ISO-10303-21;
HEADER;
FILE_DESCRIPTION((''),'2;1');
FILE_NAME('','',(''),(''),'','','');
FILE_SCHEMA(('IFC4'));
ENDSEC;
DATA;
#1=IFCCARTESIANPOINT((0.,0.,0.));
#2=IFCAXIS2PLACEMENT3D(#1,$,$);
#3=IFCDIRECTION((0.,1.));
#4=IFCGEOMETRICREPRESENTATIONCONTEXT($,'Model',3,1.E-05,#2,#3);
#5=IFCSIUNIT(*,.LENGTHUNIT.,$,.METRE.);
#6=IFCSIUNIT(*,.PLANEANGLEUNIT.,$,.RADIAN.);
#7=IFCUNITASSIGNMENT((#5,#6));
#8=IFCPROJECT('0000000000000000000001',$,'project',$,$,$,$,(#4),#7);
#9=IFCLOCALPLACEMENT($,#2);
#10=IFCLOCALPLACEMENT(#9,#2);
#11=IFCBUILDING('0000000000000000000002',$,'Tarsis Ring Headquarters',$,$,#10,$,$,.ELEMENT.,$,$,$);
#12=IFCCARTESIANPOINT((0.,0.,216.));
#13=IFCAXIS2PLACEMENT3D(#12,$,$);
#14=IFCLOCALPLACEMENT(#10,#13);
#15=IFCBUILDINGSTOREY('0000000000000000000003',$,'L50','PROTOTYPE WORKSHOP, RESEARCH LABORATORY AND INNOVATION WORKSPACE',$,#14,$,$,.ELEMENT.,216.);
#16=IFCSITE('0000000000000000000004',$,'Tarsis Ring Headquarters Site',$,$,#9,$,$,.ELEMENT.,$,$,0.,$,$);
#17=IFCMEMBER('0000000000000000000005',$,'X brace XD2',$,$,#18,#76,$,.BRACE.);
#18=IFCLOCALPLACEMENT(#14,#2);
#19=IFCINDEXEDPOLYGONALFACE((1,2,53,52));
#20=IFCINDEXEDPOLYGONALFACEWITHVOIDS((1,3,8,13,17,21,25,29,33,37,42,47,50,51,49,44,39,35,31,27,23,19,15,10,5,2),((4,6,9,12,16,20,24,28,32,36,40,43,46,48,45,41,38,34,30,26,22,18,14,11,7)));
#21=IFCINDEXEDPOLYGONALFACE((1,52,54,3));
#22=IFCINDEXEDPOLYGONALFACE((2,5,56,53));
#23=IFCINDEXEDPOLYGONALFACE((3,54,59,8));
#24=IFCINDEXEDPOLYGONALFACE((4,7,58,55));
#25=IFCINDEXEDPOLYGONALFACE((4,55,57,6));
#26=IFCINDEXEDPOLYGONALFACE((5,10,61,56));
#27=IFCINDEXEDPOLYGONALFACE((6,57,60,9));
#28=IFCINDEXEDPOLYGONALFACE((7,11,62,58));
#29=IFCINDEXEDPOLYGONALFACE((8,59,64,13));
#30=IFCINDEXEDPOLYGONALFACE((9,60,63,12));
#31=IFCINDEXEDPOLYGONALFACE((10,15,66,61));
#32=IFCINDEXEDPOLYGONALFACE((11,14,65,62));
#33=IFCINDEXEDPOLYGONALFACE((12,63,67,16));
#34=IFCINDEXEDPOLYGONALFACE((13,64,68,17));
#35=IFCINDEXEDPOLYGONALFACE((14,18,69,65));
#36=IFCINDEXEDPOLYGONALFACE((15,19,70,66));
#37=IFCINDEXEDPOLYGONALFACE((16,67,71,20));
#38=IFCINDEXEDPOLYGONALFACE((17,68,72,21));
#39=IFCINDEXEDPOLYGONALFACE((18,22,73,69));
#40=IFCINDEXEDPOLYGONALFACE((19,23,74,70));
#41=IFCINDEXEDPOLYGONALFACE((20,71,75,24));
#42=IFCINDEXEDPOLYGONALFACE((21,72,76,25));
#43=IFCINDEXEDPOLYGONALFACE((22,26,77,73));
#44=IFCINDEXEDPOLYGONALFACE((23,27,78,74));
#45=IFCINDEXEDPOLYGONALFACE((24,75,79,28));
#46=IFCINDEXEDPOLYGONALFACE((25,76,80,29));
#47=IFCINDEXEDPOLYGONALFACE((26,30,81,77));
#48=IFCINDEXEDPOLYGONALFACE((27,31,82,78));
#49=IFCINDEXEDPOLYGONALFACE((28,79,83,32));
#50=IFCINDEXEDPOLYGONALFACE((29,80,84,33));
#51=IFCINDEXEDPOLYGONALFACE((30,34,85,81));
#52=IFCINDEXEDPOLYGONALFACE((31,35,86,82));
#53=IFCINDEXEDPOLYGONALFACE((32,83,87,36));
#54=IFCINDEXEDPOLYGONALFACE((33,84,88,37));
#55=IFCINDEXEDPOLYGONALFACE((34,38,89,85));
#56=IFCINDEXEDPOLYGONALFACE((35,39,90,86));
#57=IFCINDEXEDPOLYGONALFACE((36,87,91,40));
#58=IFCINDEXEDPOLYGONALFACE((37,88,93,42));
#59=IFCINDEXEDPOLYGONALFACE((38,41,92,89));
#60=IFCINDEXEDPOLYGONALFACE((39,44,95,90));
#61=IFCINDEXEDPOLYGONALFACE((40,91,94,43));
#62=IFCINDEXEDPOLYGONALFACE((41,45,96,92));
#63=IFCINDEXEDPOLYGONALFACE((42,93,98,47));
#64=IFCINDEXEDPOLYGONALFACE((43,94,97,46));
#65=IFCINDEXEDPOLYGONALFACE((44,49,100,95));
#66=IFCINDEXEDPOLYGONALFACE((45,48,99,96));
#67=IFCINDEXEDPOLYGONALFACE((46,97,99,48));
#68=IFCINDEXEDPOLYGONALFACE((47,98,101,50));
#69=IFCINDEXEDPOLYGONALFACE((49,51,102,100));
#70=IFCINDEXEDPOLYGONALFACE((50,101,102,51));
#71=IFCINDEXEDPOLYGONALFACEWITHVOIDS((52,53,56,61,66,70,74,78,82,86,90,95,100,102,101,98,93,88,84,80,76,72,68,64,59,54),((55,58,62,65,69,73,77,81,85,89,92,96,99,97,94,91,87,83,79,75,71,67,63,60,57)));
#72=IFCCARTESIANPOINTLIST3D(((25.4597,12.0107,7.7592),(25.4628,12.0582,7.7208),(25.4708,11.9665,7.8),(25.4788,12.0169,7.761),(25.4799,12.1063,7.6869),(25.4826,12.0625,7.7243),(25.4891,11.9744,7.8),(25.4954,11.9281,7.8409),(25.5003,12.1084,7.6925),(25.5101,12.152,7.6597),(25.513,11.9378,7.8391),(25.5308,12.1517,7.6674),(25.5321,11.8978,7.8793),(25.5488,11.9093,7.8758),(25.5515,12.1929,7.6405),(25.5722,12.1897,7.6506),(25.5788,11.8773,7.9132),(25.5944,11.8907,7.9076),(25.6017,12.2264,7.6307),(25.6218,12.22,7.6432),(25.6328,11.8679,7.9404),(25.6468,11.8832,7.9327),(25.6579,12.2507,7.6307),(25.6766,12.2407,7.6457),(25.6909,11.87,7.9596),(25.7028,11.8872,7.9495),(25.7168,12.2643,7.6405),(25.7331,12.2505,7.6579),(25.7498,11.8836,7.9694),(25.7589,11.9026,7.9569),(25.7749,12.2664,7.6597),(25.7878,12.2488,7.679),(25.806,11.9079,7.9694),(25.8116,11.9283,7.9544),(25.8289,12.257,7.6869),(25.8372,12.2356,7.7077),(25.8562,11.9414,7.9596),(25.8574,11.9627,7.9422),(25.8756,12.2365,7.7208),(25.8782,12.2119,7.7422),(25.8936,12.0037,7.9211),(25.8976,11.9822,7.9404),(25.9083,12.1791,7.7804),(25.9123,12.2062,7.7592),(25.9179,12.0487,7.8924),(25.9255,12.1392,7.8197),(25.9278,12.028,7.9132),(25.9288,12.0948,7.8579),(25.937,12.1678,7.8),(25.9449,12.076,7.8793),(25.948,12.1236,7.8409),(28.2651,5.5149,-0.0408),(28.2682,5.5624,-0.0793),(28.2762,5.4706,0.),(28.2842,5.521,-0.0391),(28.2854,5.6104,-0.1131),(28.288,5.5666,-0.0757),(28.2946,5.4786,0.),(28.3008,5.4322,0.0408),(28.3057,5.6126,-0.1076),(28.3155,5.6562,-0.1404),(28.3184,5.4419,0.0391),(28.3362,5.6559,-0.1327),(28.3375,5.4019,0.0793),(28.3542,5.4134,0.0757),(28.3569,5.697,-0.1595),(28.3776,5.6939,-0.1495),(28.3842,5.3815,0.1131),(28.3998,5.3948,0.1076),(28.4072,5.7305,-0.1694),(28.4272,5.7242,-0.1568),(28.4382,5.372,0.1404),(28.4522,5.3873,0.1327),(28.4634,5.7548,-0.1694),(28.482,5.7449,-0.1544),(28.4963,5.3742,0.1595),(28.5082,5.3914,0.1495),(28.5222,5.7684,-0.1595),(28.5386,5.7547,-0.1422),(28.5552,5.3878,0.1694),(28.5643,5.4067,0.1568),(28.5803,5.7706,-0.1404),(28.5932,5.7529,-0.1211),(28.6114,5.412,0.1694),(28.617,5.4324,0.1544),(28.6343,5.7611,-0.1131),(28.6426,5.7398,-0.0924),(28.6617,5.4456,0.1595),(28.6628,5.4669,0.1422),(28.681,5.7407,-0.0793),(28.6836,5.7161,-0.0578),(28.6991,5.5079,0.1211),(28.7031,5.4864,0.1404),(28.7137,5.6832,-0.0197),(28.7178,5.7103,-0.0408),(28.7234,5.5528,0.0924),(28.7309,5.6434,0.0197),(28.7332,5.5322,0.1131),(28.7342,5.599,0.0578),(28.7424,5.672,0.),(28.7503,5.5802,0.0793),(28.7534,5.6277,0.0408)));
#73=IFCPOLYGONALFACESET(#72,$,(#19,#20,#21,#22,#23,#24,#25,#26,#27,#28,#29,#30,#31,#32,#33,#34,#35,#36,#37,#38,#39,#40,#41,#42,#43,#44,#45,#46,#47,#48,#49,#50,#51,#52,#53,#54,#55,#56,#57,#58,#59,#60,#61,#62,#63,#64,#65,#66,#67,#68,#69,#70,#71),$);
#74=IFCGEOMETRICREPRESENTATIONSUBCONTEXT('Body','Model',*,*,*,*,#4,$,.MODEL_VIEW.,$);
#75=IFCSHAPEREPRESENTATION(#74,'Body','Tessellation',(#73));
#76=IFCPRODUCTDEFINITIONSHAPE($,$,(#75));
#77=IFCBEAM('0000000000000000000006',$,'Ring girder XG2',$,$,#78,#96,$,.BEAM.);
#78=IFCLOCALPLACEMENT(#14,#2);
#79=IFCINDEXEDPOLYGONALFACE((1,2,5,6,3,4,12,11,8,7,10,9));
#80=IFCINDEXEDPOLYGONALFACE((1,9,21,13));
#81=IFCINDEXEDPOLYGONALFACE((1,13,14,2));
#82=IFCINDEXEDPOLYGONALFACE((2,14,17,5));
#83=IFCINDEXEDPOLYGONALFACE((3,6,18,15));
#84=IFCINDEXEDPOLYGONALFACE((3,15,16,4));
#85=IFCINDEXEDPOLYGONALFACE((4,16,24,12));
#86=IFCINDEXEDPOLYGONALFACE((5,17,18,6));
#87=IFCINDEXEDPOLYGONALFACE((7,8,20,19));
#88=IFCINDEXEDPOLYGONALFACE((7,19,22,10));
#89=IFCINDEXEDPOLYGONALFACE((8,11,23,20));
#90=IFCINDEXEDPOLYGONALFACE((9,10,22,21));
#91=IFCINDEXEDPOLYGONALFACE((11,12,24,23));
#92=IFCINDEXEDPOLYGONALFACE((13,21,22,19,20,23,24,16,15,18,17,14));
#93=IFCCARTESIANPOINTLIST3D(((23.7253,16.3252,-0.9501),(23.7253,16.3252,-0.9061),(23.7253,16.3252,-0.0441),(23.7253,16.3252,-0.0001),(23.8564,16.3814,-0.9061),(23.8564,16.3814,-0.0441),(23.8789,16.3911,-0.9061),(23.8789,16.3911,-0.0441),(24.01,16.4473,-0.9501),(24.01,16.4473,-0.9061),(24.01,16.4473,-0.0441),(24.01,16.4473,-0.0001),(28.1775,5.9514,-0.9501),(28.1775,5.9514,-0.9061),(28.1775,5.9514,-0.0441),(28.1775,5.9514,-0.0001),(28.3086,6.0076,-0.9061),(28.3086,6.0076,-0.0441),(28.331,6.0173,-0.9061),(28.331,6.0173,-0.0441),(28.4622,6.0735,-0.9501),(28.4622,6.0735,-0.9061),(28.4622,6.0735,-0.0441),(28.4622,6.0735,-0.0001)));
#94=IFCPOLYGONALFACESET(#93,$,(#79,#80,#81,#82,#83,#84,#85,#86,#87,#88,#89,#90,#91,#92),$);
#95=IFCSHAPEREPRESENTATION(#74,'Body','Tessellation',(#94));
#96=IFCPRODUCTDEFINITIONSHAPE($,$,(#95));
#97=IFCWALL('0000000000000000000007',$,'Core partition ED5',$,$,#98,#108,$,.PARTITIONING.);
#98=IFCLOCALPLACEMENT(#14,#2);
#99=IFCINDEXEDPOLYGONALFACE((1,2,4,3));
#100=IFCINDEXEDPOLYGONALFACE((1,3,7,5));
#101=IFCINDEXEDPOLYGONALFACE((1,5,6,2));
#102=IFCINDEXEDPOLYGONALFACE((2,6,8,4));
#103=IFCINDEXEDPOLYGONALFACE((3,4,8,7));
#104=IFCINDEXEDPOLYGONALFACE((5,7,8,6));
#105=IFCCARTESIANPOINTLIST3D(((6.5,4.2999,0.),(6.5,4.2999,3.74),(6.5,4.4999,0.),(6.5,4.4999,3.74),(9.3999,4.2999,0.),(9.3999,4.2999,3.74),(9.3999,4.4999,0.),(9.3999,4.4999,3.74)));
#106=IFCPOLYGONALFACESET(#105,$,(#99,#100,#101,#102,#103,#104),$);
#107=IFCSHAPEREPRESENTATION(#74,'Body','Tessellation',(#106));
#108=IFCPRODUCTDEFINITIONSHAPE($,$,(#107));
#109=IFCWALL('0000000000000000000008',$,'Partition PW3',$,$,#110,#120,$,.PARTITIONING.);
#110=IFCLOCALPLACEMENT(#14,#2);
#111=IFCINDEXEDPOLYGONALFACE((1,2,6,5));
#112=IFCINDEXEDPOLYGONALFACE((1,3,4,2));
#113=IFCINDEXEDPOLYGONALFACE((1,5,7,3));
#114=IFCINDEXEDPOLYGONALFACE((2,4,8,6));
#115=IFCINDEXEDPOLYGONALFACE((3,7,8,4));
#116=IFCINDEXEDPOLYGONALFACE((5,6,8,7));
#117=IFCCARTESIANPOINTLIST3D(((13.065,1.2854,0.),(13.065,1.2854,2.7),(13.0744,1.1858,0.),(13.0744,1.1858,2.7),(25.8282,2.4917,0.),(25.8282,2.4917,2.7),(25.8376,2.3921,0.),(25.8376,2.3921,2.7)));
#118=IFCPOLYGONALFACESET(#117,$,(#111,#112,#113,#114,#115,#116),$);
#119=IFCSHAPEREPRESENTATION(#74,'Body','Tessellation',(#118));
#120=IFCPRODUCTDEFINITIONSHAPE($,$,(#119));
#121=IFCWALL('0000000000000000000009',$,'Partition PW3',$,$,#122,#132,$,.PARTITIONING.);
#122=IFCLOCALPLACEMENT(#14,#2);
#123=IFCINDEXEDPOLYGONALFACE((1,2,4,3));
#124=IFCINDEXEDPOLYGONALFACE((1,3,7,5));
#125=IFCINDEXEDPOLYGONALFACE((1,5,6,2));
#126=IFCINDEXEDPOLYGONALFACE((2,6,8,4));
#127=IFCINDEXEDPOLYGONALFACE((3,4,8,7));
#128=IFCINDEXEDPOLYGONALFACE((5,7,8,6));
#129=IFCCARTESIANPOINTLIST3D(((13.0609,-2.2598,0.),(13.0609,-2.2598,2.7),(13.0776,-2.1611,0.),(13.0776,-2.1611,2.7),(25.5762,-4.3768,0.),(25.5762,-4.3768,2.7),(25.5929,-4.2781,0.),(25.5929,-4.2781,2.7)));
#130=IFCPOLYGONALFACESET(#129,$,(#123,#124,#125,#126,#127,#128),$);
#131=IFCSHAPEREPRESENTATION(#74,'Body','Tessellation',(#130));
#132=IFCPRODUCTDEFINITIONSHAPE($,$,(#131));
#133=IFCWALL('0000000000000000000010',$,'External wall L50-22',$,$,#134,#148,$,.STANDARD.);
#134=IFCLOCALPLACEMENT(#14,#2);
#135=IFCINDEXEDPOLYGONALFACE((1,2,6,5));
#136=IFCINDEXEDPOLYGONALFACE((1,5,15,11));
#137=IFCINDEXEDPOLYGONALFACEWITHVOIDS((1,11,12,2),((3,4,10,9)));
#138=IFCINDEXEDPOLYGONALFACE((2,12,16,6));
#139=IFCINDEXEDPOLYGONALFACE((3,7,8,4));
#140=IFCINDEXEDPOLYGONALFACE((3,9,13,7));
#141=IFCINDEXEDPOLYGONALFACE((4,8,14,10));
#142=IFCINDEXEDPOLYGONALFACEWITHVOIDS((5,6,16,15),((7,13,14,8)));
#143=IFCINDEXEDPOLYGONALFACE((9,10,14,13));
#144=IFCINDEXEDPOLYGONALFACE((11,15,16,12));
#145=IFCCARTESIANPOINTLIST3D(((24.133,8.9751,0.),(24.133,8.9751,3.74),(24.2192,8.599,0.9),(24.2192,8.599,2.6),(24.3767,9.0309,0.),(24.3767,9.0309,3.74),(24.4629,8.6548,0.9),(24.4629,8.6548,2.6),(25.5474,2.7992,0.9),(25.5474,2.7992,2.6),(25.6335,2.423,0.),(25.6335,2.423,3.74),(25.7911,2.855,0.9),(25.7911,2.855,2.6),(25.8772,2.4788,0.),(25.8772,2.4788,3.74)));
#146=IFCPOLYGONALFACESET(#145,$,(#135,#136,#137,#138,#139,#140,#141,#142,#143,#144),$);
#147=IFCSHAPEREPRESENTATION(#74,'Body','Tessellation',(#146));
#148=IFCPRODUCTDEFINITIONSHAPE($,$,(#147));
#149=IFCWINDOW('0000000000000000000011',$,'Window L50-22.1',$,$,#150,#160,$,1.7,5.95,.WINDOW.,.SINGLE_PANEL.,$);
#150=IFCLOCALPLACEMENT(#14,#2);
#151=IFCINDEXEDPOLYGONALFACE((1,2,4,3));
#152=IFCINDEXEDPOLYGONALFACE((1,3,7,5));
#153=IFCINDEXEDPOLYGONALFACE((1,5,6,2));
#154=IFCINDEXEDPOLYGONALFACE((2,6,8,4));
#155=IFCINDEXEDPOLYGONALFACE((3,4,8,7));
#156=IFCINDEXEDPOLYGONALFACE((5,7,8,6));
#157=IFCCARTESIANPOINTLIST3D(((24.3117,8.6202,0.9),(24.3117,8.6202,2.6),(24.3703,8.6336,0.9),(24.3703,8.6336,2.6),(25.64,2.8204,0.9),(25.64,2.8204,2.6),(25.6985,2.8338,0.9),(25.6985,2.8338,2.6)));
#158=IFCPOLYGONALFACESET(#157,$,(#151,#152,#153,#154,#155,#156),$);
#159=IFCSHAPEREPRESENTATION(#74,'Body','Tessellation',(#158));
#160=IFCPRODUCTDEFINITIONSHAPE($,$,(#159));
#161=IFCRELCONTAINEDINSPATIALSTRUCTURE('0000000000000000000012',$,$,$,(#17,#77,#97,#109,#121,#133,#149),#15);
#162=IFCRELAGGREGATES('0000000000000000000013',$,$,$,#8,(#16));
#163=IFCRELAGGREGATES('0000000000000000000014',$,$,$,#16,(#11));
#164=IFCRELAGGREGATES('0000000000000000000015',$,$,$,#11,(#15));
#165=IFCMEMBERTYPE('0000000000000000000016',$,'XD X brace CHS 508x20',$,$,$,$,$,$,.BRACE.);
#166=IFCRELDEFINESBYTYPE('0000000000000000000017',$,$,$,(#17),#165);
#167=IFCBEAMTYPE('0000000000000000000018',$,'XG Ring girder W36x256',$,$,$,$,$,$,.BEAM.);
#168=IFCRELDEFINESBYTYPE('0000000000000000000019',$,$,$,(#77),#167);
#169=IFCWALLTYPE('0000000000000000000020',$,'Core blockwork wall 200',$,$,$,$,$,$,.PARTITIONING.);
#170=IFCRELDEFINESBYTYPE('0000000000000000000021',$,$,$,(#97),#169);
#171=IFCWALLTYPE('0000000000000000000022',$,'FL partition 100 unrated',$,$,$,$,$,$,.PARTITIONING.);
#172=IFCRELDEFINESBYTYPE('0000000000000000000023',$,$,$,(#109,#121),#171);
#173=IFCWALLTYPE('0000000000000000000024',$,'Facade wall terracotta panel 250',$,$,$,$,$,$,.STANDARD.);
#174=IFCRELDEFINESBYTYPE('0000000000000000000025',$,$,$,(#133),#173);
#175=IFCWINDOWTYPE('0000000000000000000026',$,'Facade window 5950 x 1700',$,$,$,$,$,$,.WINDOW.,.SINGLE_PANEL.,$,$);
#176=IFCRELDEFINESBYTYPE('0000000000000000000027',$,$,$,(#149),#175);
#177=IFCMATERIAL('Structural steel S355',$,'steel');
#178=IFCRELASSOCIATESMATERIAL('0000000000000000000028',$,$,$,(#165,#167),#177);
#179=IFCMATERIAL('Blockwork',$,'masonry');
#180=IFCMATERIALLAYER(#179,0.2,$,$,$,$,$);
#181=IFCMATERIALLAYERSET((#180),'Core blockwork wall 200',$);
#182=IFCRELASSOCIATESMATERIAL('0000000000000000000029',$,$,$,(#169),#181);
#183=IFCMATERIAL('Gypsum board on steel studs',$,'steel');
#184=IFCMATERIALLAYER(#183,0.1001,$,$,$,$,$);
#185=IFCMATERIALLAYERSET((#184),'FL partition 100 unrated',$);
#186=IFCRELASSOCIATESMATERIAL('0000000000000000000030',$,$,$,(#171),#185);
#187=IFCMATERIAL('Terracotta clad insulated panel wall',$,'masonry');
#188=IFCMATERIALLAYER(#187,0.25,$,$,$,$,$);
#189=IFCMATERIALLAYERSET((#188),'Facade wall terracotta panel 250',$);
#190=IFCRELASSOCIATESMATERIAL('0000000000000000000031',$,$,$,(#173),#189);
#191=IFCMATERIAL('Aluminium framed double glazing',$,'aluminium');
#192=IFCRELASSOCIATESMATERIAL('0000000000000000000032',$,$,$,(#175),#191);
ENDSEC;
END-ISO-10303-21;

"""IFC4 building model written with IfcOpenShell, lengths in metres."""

from ifc_helpers import new_model, si_unit, direction, frame, frame_2d, origin, origin_2d, place, context, subcontext, project, spatial, rectangle, hollow_circle, i_section, extrude, material, layer, layer_set, material_profile, profile_set, type_object, element, fill, save


model = new_model("IFC4")

# Units and contexts
model_context = context("Model", 3, precision=1e-05, world=origin(), true_north=direction((0.0, 1.0)))
body_context = subcontext(model_context, "Body", "Model", "MODEL_VIEW")
ifc_project = project(units=[si_unit("LENGTHUNIT", "METRE"), si_unit("PLANEANGLEUNIT", "RADIAN")], contexts=[model_context])

# Site, building, storey
site_placement = place(None, origin())
site = spatial("IfcSite", under=ifc_project, at=site_placement, Name="Tarsis Ring Headquarters Site", CompositionType="ELEMENT", RefElevation=0.0)
building_placement = place(site_placement, origin())
building = spatial("IfcBuilding", under=site, at=building_placement, Name="Tarsis Ring Headquarters", CompositionType="ELEMENT")
storey_placement = place(building_placement, frame((0.0, 0.0, 216.0)))
storey = spatial("IfcBuildingStorey", under=building, at=storey_placement, Name="L50", Description="PROTOTYPE WORKSHOP, RESEARCH LABORATORY AND INNOVATION WORKSPACE", CompositionType="ELEMENT", Elevation=216.0)

# Shared definitions
ifc_material_1 = material(Name="Structural steel S355", Category="steel")

# Member
ifc_material_profile_1 = material_profile(ifc_material_1, hollow_circle(Radius=0.2539, WallThickness=0.02, at=origin_2d()), Name="CHS 508x20")
ifc_profile_set_1 = profile_set([ifc_material_profile_1], Name="Structural steel S355")
member_type = type_object("IfcMemberType", Name="XD X brace CHS 508x20", PredefinedType="BRACE", material=ifc_profile_set_1)
member_placement = place(storey_placement, frame((28.5093, 5.5713, 0.0), z_axis=(-0.26639, 0.616817, 0.740658), x_axis=(-0.918042, -0.396483, 0.0)))
element("IfcMember", 1, at=member_placement, inside=storey, type_object=member_type, Name="X brace XD2", PredefinedType="BRACE", context=body_context, shape_type="SweptSolid", body=[
    extrude(hollow_circle(Radius=0.2539, WallThickness=0.02, at=origin_2d()), origin(), (0.0, 0.0, 1.0), 10.5312),
])

# Beam
ifc_material_profile_2 = material_profile(ifc_material_1, i_section(OverallWidth=0.3098, OverallDepth=0.95, WebThickness=0.0244, FlangeThickness=0.0439, at=origin_2d()), Name="W36x256")
ifc_profile_set_2 = profile_set([ifc_material_profile_2], Name="Structural steel S355")
beam_type_1 = type_object("IfcBeamType", Name="XG Ring girder W36x256", PredefinedType="BEAM", material=ifc_profile_set_2)
beam_1_placement = place(storey_placement, frame((28.3198, 6.0125, -0.4751), z_axis=(-0.394386, 0.918945, 0.0), x_axis=(-0.918945, -0.394386, 0.0)))
element("IfcBeam", 2, at=beam_1_placement, inside=storey, type_object=beam_type_1, Name="Ring girder XG2", PredefinedType="BEAM", context=body_context, shape_type="SweptSolid", body=[
    extrude(i_section(OverallWidth=0.3098, OverallDepth=0.95, WebThickness=0.0244, FlangeThickness=0.0439, at=origin_2d()), origin(), (0.0, 0.0, 1.0), 11.2888),
])

# Walls
ifc_material_2 = material(Name="Blockwork", Category="masonry")
ifc_layer_1 = layer(ifc_material_2, 0.2)
ifc_layer_set_1 = layer_set([ifc_layer_1], Name="Core blockwork wall 200")
wall_type_1 = type_object("IfcWallType", Name="Core blockwork wall 200", PredefinedType="PARTITIONING", material=ifc_layer_set_1)
wall_1_placement = place(storey_placement, frame((6.5, 4.3999, 0.0), z_axis=(0.0, 0.0, 1.0), x_axis=(1.0, 0.0, 0.0)))
element("IfcWall", 3, at=wall_1_placement, inside=storey, type_object=wall_type_1, Name="Core partition ED5", PredefinedType="PARTITIONING", context=body_context, shape_type="SweptSolid", body=[
    extrude(rectangle(XDim=2.8999, YDim=0.2, at=frame_2d((1.45, 0.0))), origin(), (0.0, 0.0, 1.0), 3.74),
])
ifc_material_3 = material(Name="Gypsum board on steel studs", Category="steel")
ifc_layer_2 = layer(ifc_material_3, 0.1001)
ifc_layer_set_2 = layer_set([ifc_layer_2], Name="FL partition 100 unrated")
wall_type_2 = type_object("IfcWallType", Name="FL partition 100 unrated", PredefinedType="PARTITIONING", material=ifc_layer_set_2)
wall_2_placement = place(storey_placement, frame((13.0696, 1.2356, 0.0), z_axis=(0.0, 0.0, 1.0), x_axis=(0.995563, 0.094095, 0.0)))
element("IfcWall", 4, at=wall_2_placement, inside=storey, type_object=wall_type_2, Name="Partition PW3", PredefinedType="PARTITIONING", context=body_context, shape_type="SweptSolid", body=[
    extrude(rectangle(XDim=12.8201, YDim=0.1001, at=frame_2d((6.4102, 0.0))), origin(), (0.0, 0.0, 1.0), 2.7),
])
wall_3_placement = place(storey_placement, frame((13.0691, -2.2104, 0.0), z_axis=(0.0, 0.0, 1.0), x_axis=(0.985994, -0.166778, 0.0)))
element("IfcWall", 5, at=wall_3_placement, inside=storey, type_object=wall_type_2, Name="Partition PW3", PredefinedType="PARTITIONING", context=body_context, shape_type="SweptSolid", body=[
    extrude(rectangle(XDim=12.6931, YDim=0.1001, at=frame_2d((6.3467, 0.0))), origin(), (0.0, 0.0, 1.0), 2.7),
])

# Wall, opening, window
ifc_material_4 = material(Name="Terracotta clad insulated panel wall", Category="masonry")
ifc_layer_3 = layer(ifc_material_4, 0.25)
ifc_layer_set_3 = layer_set([ifc_layer_3], Name="Facade wall terracotta panel 250")
wall_type_3 = type_object("IfcWallType", Name="Facade wall terracotta panel 250", PredefinedType="STANDARD", material=ifc_layer_set_3)
wall_4_placement = place(storey_placement, frame((25.7554, 2.4509, 0.0), z_axis=(0.0, 0.0, 1.0), x_axis=(-0.223233, 0.974765, 0.0)))
wall_4 = element("IfcWall", 6, at=wall_4_placement, inside=storey, type_object=wall_type_3, Name="External wall L50-22", PredefinedType="STANDARD", context=body_context, shape_type="SweptSolid", body=[
    extrude(rectangle(XDim=6.7217, YDim=0.25, at=frame_2d((3.3608, 0.0))), origin(), (0.0, 0.0, 1.0), 3.74),
])
opening_1_placement = place(wall_4_placement, frame((0.3857, 0.0, 0.8999)))
opening_1 = element("IfcOpeningElement", 7, at=opening_1_placement, cuts=wall_4, PredefinedType="OPENING", context=body_context, shape_type="SweptSolid", body=[
    extrude(rectangle(XDim=5.95, YDim=1.7, at=frame_2d((2.9751, 0.8501))), frame((0.0, 0.135, 0.0), z_axis=(0.0, -1.0, 0.0), x_axis=(1.0, 0.0, 0.0)), (0.0, 0.0, 1.0), 0.27),
])
ifc_material_5 = material(Name="Aluminium framed double glazing", Category="aluminium")
window_type = type_object("IfcWindowType", Name="Facade window 5950 x 1700", PartitioningType="SINGLE_PANEL", PredefinedType="WINDOW", material=ifc_material_5)
window_1_placement = place(opening_1_placement, origin())
window_1 = element("IfcWindow", 8, at=window_1_placement, inside=storey, type_object=window_type, Name="Window L50-22.1", OverallHeight=1.7, OverallWidth=5.95, PartitioningType="SINGLE_PANEL", PredefinedType="WINDOW", context=body_context, shape_type="SweptSolid", body=[
    extrude(rectangle(XDim=5.95, YDim=1.7, at=frame_2d((2.9751, 0.8501))), frame((0.0, 0.03, 0.0), z_axis=(0.0, -1.0, 0.0), x_axis=(1.0, 0.0, 0.0)), (0.0, 0.0, 1.0), 0.0601),
])
fill(opening_1, window_1)

save(model, "model.ifc")
